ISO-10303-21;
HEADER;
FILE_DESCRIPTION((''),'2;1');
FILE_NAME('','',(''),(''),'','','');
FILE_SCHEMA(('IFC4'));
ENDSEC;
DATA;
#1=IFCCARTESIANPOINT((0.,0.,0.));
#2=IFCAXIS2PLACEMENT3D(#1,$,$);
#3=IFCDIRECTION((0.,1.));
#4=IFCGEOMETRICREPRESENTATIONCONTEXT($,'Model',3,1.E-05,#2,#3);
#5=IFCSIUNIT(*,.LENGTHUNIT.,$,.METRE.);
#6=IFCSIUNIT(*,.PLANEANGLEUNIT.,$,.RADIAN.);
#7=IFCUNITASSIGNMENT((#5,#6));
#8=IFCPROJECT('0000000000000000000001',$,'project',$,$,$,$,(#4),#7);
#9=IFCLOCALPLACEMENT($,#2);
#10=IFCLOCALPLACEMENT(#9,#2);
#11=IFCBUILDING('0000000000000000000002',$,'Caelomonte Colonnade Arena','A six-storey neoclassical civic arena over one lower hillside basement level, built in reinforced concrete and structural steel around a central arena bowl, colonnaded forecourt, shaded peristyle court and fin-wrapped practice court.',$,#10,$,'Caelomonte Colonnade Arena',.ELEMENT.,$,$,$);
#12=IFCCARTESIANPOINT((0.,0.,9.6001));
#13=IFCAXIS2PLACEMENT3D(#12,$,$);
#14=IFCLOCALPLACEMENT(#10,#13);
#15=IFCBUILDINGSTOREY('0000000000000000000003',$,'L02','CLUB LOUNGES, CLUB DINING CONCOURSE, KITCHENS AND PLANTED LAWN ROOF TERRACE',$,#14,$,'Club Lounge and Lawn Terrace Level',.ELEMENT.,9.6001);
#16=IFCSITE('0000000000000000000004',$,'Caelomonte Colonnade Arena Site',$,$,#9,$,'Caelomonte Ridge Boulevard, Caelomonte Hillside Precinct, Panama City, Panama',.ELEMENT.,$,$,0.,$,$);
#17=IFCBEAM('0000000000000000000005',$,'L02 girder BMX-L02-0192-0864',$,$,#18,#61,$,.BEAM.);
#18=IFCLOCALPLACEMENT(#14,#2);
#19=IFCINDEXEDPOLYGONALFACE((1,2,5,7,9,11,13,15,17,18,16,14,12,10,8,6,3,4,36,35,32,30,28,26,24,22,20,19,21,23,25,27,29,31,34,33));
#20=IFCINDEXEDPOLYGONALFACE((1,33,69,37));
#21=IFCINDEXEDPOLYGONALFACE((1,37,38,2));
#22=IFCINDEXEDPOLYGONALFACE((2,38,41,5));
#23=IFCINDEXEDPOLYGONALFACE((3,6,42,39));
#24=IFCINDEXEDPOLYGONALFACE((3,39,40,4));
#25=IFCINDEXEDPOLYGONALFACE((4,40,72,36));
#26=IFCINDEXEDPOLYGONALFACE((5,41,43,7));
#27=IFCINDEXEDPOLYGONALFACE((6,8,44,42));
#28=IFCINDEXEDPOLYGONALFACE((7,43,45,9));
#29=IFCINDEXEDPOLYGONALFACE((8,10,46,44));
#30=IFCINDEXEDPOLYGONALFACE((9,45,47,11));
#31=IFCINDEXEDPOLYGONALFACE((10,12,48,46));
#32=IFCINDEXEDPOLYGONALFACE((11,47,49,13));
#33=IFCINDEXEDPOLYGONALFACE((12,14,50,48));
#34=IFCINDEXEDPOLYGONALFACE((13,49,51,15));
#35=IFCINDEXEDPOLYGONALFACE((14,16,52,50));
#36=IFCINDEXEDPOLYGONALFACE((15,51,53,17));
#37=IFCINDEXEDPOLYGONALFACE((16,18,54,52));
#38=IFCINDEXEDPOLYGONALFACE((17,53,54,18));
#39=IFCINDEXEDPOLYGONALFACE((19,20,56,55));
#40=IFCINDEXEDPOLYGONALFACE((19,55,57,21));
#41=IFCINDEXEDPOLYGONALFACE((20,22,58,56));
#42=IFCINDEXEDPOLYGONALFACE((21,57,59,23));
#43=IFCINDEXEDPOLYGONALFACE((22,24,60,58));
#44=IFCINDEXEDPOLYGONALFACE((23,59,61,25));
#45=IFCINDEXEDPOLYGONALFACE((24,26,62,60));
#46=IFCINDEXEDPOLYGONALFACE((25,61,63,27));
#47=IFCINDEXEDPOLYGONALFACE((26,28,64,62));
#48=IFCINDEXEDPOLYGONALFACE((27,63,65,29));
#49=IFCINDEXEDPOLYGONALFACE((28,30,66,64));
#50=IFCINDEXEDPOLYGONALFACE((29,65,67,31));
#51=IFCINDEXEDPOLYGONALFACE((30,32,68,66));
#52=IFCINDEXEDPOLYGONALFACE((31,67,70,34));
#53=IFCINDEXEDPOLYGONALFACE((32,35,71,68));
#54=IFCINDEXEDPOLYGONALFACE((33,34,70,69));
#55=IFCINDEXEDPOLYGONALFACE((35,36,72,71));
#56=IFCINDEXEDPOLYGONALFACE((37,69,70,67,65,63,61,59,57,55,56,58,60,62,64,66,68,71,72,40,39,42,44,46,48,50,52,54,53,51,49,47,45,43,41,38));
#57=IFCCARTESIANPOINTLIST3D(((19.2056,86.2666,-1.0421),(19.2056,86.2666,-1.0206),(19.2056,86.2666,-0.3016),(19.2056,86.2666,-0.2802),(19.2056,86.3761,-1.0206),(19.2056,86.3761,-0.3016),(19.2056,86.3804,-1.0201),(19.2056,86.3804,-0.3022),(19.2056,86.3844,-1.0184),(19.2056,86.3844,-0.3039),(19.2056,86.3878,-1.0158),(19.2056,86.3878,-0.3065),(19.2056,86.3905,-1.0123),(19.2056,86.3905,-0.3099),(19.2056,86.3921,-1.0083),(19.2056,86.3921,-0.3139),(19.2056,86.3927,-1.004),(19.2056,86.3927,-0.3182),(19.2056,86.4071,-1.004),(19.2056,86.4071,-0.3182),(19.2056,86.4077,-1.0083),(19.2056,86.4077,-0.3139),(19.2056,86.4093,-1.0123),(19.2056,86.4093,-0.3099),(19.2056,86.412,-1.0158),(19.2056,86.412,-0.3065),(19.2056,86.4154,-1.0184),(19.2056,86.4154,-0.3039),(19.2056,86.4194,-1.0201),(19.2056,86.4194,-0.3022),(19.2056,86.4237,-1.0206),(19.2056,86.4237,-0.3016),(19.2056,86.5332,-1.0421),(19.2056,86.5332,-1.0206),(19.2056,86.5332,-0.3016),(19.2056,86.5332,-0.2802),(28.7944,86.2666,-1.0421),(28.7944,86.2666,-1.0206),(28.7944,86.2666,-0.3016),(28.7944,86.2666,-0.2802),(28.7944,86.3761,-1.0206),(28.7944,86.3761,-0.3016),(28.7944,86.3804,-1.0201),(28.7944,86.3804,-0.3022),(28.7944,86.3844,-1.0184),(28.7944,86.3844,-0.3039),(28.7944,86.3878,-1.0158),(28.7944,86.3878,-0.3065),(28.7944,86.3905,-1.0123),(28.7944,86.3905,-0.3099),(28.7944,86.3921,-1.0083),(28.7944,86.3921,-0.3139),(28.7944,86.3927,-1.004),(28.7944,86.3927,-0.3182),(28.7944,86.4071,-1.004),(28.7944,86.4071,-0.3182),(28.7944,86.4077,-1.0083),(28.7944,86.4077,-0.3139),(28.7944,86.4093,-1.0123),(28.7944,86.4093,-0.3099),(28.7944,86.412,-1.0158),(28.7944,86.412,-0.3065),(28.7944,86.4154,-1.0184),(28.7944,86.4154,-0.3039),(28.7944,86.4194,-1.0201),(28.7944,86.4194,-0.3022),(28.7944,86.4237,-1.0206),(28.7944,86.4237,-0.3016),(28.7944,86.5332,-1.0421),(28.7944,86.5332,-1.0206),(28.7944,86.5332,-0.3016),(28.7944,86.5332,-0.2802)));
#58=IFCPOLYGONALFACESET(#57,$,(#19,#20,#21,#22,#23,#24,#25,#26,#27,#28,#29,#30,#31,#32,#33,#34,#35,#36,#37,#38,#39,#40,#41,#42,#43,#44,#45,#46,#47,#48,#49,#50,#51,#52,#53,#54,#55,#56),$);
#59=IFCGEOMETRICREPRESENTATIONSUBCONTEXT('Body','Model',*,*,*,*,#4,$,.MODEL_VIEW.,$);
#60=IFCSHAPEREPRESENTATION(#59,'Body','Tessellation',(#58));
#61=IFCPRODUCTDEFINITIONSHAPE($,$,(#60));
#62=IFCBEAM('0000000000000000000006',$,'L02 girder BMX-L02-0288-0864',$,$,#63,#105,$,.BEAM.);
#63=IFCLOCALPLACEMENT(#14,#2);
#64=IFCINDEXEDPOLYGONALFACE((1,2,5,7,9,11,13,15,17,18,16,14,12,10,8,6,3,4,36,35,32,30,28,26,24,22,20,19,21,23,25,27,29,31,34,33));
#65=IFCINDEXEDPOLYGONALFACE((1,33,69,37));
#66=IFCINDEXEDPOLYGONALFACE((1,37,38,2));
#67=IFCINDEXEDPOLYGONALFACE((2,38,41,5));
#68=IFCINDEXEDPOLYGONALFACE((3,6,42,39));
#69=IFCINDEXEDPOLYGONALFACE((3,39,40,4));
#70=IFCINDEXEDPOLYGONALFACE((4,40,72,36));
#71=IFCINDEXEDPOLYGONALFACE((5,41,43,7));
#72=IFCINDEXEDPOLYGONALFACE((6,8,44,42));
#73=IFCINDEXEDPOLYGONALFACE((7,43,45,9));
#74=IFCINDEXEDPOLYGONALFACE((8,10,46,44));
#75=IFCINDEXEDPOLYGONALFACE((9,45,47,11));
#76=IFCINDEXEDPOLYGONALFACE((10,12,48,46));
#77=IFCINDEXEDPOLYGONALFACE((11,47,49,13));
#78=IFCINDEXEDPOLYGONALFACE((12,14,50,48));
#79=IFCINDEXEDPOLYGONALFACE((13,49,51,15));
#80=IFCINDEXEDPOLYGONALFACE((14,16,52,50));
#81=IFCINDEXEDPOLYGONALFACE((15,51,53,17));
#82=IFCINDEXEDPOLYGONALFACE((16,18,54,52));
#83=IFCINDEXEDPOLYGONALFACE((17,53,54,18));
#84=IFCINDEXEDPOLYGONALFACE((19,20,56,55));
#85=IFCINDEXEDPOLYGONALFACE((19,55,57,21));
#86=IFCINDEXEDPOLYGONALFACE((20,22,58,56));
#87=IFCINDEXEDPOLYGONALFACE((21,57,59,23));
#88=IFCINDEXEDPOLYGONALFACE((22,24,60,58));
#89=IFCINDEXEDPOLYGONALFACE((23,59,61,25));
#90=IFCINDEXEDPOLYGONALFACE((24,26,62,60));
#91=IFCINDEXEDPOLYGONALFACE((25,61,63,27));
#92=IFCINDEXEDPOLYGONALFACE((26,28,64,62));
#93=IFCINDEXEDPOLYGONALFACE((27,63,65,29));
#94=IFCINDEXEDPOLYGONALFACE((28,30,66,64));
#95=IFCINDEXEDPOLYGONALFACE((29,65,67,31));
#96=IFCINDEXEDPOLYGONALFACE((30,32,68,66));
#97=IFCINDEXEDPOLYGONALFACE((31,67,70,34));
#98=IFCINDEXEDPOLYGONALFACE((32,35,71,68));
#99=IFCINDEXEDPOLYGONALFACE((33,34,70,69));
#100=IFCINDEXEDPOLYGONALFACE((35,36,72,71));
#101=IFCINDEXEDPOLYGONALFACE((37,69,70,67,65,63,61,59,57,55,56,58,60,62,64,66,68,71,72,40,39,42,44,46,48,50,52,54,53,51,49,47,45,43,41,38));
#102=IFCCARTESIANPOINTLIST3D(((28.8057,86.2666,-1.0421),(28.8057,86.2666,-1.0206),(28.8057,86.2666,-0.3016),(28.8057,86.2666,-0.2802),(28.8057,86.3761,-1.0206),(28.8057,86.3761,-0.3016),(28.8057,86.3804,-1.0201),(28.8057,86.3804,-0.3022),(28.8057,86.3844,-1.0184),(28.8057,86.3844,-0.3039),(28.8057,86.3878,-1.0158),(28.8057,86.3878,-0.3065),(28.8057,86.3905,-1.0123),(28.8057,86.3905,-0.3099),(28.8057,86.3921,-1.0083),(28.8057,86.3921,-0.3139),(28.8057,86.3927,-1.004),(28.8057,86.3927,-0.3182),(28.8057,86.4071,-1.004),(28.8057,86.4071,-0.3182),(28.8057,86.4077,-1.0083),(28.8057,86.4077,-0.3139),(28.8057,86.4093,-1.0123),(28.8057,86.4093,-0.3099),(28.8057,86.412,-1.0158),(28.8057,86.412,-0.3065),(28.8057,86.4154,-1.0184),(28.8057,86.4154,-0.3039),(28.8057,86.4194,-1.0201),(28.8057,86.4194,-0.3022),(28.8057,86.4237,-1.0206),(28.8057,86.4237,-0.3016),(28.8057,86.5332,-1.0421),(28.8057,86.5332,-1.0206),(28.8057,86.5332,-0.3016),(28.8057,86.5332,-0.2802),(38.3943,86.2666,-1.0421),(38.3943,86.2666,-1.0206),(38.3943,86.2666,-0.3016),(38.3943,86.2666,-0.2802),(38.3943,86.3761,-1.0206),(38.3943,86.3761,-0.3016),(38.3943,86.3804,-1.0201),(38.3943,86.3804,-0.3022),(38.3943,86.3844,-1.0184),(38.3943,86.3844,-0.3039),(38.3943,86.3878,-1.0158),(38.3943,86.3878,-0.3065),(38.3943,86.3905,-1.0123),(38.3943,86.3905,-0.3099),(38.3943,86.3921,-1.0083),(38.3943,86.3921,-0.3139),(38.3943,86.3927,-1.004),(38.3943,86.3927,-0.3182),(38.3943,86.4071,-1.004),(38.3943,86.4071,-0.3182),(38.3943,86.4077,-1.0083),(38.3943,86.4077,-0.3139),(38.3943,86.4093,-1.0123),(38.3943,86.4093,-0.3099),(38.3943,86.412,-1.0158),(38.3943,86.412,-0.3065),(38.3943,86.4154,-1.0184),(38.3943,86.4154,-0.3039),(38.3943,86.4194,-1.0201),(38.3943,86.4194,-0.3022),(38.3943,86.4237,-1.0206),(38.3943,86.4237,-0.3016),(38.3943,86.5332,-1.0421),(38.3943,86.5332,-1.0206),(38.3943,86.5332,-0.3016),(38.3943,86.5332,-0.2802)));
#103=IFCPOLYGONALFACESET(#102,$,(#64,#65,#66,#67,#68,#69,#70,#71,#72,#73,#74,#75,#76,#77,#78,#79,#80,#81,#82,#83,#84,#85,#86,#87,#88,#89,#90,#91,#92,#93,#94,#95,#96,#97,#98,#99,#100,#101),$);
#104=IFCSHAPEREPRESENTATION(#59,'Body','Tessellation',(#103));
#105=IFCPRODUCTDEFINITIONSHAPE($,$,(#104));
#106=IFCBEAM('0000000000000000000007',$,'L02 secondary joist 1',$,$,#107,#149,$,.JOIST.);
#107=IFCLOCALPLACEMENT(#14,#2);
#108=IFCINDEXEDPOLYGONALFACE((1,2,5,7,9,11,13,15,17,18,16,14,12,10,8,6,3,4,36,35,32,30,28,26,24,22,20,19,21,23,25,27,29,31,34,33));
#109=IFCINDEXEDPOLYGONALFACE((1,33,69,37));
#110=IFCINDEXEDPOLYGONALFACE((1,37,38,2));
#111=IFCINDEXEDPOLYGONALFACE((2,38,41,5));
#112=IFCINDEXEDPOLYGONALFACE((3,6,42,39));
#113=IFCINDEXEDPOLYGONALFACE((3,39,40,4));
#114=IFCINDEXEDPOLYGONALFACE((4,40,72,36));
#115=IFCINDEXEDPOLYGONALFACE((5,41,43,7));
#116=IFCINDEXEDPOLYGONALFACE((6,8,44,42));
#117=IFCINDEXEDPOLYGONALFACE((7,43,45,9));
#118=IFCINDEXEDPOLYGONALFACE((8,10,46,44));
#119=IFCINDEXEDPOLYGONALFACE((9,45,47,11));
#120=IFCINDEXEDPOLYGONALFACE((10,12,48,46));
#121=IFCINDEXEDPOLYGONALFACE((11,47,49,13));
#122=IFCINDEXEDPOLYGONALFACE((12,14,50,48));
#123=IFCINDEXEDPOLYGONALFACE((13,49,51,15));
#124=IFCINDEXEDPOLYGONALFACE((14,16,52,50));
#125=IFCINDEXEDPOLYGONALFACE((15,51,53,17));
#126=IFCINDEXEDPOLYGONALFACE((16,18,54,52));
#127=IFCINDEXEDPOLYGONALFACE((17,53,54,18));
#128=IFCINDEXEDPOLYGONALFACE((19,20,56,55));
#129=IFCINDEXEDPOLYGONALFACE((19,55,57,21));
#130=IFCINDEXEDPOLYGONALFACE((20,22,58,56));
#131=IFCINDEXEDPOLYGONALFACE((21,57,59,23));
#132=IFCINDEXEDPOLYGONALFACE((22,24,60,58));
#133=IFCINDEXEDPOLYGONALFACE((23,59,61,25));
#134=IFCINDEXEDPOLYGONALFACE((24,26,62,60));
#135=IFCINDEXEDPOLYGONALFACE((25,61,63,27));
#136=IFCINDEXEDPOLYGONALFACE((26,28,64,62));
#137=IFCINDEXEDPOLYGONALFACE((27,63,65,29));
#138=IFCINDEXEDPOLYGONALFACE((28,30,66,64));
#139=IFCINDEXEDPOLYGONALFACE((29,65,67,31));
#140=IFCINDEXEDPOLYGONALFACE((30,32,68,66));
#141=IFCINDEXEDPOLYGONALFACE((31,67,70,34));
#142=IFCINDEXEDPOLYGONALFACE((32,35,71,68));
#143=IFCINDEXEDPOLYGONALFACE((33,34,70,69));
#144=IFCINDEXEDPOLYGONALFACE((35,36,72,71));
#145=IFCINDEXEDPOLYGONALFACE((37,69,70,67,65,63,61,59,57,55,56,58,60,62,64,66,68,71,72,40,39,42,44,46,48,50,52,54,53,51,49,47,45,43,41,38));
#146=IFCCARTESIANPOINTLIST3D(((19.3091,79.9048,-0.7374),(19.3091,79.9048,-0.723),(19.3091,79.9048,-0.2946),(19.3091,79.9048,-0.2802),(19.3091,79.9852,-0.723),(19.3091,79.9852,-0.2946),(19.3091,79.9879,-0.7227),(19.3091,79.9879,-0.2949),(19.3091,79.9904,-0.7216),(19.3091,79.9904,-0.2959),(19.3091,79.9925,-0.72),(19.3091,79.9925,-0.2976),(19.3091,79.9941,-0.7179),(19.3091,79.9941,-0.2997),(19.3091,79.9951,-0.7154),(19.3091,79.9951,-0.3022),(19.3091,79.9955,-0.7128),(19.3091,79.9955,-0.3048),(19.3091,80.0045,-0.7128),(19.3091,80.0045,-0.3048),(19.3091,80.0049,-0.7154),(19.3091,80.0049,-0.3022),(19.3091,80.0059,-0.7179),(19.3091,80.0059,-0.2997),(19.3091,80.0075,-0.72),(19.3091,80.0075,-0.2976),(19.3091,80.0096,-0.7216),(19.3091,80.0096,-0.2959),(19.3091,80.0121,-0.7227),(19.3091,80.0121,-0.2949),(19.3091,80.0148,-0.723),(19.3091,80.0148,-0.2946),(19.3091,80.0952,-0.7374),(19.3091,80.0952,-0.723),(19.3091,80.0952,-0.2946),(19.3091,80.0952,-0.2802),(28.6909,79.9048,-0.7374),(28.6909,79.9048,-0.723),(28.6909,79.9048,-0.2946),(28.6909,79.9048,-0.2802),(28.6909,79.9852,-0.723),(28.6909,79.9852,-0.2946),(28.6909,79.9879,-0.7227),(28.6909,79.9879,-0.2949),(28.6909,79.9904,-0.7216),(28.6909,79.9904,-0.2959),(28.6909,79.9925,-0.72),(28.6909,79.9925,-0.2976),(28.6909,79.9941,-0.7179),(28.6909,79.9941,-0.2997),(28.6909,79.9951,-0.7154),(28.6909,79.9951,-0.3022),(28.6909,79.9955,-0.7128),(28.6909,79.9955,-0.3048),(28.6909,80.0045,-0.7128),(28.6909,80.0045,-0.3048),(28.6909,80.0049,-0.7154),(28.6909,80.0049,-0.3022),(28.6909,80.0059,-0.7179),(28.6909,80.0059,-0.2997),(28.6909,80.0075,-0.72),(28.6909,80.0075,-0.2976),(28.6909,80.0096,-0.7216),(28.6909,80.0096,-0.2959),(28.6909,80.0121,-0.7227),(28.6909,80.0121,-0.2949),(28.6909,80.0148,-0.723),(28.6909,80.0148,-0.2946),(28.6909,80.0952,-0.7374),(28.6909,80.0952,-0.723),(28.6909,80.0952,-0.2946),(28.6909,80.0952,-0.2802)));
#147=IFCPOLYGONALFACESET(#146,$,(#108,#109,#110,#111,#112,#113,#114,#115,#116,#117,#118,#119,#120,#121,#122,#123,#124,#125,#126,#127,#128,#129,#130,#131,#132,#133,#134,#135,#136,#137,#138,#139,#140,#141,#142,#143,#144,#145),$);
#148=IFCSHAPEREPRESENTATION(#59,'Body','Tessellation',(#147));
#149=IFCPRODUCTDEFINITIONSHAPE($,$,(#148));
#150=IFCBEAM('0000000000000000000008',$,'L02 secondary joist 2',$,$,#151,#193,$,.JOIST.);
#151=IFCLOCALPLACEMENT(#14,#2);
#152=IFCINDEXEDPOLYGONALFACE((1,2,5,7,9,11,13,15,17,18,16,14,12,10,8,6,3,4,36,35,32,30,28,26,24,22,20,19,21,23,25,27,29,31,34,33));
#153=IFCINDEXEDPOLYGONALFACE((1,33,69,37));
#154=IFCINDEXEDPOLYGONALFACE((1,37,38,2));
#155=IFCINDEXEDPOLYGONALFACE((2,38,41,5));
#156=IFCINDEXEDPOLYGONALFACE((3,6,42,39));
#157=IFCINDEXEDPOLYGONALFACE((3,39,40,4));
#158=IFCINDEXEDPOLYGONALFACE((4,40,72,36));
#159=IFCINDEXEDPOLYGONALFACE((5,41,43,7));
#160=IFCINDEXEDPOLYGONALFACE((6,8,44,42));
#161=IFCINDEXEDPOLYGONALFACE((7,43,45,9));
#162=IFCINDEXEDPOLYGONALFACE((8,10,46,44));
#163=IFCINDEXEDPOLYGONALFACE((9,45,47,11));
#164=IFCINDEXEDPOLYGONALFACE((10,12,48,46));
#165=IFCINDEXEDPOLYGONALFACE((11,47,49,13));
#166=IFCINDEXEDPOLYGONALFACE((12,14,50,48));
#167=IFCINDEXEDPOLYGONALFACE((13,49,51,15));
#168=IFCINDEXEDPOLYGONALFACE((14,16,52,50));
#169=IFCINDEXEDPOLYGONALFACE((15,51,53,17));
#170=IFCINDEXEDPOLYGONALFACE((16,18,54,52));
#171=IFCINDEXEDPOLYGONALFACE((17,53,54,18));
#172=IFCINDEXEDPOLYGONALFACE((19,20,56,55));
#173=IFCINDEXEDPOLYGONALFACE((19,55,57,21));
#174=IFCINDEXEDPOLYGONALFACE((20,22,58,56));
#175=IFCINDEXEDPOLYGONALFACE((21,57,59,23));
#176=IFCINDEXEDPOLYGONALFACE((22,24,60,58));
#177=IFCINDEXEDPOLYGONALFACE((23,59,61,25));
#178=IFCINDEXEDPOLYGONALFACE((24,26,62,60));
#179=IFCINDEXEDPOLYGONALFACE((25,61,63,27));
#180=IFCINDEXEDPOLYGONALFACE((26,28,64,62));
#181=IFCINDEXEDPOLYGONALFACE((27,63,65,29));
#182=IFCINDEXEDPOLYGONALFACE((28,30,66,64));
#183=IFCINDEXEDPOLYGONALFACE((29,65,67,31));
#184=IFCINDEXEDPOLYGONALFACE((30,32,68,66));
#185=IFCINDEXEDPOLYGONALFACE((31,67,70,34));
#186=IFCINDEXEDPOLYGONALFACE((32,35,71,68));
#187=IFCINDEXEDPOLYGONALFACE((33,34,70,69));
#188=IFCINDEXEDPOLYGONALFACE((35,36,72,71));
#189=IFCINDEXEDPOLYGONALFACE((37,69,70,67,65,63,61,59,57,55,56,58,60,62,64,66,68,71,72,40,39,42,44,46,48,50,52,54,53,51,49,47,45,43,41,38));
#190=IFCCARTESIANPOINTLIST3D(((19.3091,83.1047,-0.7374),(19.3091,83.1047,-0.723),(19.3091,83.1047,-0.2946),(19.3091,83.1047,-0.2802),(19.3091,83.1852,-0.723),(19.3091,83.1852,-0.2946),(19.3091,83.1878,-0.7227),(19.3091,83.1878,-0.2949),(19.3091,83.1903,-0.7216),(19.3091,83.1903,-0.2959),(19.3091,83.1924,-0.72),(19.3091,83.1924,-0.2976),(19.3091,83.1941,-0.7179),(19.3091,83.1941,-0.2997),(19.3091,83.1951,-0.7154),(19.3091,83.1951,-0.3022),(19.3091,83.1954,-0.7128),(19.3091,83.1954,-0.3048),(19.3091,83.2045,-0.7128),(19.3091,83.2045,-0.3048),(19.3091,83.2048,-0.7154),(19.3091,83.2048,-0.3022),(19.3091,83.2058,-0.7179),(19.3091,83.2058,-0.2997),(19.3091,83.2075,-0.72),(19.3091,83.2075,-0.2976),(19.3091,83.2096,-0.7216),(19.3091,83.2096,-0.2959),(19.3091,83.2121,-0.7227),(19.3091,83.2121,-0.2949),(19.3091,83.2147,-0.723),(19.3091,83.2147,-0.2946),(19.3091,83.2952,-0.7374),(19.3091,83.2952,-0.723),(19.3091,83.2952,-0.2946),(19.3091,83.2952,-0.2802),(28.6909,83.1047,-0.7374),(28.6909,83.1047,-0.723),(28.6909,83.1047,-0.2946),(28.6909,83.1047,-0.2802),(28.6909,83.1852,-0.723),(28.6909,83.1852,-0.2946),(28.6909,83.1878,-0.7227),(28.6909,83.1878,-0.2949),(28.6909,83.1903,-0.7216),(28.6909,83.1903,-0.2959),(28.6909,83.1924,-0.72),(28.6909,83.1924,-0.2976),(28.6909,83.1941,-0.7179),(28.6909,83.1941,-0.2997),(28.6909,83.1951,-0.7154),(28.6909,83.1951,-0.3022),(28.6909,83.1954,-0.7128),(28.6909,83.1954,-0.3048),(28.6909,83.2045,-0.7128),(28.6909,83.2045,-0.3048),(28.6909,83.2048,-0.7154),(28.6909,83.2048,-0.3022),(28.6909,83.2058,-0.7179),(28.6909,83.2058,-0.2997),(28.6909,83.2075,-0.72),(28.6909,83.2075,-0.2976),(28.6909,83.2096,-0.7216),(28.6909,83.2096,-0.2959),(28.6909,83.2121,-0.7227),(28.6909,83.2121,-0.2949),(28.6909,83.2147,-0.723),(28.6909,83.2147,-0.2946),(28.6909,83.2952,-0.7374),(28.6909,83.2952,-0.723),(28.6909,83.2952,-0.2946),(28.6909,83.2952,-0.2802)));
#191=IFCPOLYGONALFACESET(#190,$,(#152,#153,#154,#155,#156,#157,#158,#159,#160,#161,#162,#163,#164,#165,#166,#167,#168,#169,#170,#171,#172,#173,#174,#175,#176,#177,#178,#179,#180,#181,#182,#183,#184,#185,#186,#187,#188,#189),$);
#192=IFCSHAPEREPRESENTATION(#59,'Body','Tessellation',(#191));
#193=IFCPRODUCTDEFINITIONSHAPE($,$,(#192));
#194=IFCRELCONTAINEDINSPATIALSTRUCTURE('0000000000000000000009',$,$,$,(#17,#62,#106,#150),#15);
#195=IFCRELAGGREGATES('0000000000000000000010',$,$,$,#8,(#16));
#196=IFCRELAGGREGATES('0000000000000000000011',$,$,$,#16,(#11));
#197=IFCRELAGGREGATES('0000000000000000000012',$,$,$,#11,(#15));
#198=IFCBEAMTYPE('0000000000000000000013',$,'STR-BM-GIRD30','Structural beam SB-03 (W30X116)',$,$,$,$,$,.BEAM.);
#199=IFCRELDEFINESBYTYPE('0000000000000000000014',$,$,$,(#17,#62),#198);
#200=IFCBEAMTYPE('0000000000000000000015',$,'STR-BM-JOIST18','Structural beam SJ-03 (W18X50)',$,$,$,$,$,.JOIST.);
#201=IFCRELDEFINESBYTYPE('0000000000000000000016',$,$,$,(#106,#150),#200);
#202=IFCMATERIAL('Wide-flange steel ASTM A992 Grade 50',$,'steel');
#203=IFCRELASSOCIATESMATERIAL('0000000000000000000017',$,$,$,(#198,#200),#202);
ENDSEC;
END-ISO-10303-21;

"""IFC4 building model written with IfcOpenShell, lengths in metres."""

from ifc_helpers import new_model, si_unit, direction, frame, origin, origin_2d, place, context, subcontext, project, spatial, i_section, extrude, material, material_profile, profile_set, type_object, element, save


model = new_model("IFC4")

# Units and contexts
model_context = context("Model", 3, precision=1e-05, world=origin(), true_north=direction((0.0, 1.0)))
body_context = subcontext(model_context, "Body", "Model", "MODEL_VIEW")
ifc_project = project(units=[si_unit("LENGTHUNIT", "METRE"), si_unit("PLANEANGLEUNIT", "RADIAN")], contexts=[model_context])

# Site, building, storey
site_placement = place(None, origin())
site = spatial("IfcSite", under=ifc_project, at=site_placement, Name="Caelomonte Colonnade Arena Site", LongName="Caelomonte Ridge Boulevard, Caelomonte Hillside Precinct, Panama City, Panama", CompositionType="ELEMENT", RefElevation=0.0)
building_placement = place(site_placement, origin())
building = spatial("IfcBuilding", under=site, at=building_placement, Name="Caelomonte Colonnade Arena", Description="A six-storey neoclassical civic arena over one lower hillside basement level, built in reinforced concrete and structural steel around a central arena bowl, colonnaded forecourt, shaded peristyle court and fin-wrapped practice court.", LongName="Caelomonte Colonnade Arena", CompositionType="ELEMENT")
storey_placement = place(building_placement, frame((0.0, 0.0, 9.6001)))
storey = spatial("IfcBuildingStorey", under=building, at=storey_placement, Name="L02", Description="CLUB LOUNGES, CLUB DINING CONCOURSE, KITCHENS AND PLANTED LAWN ROOF TERRACE", LongName="Club Lounge and Lawn Terrace Level", CompositionType="ELEMENT", Elevation=9.6001)

# Beams
ifc_material_1 = material(Name="Wide-flange steel ASTM A992 Grade 50", Category="steel")
ifc_material_profile_1 = material_profile(ifc_material_1, i_section(OverallWidth=0.2666, OverallDepth=0.762, WebThickness=0.0144, FlangeThickness=0.0215, FilletRadius=0.0166, at=origin_2d()), Name="W30X116")
ifc_profile_set_1 = profile_set([ifc_material_profile_1], Name="Wide-flange steel ASTM A992 Grade 50")
beam_type_1 = type_object("IfcBeamType", Name="STR-BM-GIRD30", Description="Structural beam SB-03 (W30X116)", PredefinedType="BEAM", material=ifc_profile_set_1)
beam_1_placement = place(storey_placement, frame((19.2056, 86.3999, -0.6611), z_axis=(1.0, 0.0, 0.0), x_axis=(0.0, 1.0, 0.0)))
element("IfcBeam", 1, at=beam_1_placement, inside=storey, type_object=beam_type_1, Name="L02 girder BMX-L02-0192-0864", PredefinedType="BEAM", context=body_context, shape_type="SweptSolid", body=[
    extrude(i_section(OverallWidth=0.2666, OverallDepth=0.762, WebThickness=0.0144, FlangeThickness=0.0215, FilletRadius=0.0166, at=origin_2d()), origin(), (0.0, 0.0, 1.0), 9.5889),
])
beam_2_placement = place(storey_placement, frame((28.8057, 86.3999, -0.6611), z_axis=(1.0, 0.0, 0.0), x_axis=(0.0, 1.0, 0.0)))
element("IfcBeam", 2, at=beam_2_placement, inside=storey, type_object=beam_type_1, Name="L02 girder BMX-L02-0288-0864", PredefinedType="BEAM", context=body_context, shape_type="SweptSolid", body=[
    extrude(i_section(OverallWidth=0.2666, OverallDepth=0.762, WebThickness=0.0144, FlangeThickness=0.0215, FilletRadius=0.0166, at=origin_2d()), origin(), (0.0, 0.0, 1.0), 9.5886),
])
ifc_material_profile_2 = material_profile(ifc_material_1, i_section(OverallWidth=0.1904, OverallDepth=0.4573, WebThickness=0.009, FlangeThickness=0.0144, FilletRadius=0.0103, at=origin_2d()), Name="W18X50")
ifc_profile_set_2 = profile_set([ifc_material_profile_2], Name="Wide-flange steel ASTM A992 Grade 50")
beam_type_2 = type_object("IfcBeamType", Name="STR-BM-JOIST18", Description="Structural beam SJ-03 (W18X50)", PredefinedType="JOIST", material=ifc_profile_set_2)
for number, where, z_axis, x_axis, name in (
    (3, (19.3091, 80.0, -0.5088), (1.0, 0.0, 0.0), (0.0, 1.0, 0.0), "L02 secondary joist 1"),
    (4, (19.3091, 83.2, -0.5088), (1.0, 0.0, 0.0), (0.0, 1.0, 0.0), "L02 secondary joist 2"),
):
    element("IfcBeam", number, at=place(storey_placement, frame(where, z_axis=z_axis, x_axis=x_axis)), inside=storey, type_object=beam_type_2, Name=name, PredefinedType="JOIST", context=body_context, shape_type="SweptSolid", body=[
        extrude(i_section(OverallWidth=0.1904, OverallDepth=0.4573, WebThickness=0.009, FlangeThickness=0.0144, FilletRadius=0.0103, at=origin_2d()), origin(), (0.0, 0.0, 1.0), 9.3818),
    ])

save(model, "model.ifc")
